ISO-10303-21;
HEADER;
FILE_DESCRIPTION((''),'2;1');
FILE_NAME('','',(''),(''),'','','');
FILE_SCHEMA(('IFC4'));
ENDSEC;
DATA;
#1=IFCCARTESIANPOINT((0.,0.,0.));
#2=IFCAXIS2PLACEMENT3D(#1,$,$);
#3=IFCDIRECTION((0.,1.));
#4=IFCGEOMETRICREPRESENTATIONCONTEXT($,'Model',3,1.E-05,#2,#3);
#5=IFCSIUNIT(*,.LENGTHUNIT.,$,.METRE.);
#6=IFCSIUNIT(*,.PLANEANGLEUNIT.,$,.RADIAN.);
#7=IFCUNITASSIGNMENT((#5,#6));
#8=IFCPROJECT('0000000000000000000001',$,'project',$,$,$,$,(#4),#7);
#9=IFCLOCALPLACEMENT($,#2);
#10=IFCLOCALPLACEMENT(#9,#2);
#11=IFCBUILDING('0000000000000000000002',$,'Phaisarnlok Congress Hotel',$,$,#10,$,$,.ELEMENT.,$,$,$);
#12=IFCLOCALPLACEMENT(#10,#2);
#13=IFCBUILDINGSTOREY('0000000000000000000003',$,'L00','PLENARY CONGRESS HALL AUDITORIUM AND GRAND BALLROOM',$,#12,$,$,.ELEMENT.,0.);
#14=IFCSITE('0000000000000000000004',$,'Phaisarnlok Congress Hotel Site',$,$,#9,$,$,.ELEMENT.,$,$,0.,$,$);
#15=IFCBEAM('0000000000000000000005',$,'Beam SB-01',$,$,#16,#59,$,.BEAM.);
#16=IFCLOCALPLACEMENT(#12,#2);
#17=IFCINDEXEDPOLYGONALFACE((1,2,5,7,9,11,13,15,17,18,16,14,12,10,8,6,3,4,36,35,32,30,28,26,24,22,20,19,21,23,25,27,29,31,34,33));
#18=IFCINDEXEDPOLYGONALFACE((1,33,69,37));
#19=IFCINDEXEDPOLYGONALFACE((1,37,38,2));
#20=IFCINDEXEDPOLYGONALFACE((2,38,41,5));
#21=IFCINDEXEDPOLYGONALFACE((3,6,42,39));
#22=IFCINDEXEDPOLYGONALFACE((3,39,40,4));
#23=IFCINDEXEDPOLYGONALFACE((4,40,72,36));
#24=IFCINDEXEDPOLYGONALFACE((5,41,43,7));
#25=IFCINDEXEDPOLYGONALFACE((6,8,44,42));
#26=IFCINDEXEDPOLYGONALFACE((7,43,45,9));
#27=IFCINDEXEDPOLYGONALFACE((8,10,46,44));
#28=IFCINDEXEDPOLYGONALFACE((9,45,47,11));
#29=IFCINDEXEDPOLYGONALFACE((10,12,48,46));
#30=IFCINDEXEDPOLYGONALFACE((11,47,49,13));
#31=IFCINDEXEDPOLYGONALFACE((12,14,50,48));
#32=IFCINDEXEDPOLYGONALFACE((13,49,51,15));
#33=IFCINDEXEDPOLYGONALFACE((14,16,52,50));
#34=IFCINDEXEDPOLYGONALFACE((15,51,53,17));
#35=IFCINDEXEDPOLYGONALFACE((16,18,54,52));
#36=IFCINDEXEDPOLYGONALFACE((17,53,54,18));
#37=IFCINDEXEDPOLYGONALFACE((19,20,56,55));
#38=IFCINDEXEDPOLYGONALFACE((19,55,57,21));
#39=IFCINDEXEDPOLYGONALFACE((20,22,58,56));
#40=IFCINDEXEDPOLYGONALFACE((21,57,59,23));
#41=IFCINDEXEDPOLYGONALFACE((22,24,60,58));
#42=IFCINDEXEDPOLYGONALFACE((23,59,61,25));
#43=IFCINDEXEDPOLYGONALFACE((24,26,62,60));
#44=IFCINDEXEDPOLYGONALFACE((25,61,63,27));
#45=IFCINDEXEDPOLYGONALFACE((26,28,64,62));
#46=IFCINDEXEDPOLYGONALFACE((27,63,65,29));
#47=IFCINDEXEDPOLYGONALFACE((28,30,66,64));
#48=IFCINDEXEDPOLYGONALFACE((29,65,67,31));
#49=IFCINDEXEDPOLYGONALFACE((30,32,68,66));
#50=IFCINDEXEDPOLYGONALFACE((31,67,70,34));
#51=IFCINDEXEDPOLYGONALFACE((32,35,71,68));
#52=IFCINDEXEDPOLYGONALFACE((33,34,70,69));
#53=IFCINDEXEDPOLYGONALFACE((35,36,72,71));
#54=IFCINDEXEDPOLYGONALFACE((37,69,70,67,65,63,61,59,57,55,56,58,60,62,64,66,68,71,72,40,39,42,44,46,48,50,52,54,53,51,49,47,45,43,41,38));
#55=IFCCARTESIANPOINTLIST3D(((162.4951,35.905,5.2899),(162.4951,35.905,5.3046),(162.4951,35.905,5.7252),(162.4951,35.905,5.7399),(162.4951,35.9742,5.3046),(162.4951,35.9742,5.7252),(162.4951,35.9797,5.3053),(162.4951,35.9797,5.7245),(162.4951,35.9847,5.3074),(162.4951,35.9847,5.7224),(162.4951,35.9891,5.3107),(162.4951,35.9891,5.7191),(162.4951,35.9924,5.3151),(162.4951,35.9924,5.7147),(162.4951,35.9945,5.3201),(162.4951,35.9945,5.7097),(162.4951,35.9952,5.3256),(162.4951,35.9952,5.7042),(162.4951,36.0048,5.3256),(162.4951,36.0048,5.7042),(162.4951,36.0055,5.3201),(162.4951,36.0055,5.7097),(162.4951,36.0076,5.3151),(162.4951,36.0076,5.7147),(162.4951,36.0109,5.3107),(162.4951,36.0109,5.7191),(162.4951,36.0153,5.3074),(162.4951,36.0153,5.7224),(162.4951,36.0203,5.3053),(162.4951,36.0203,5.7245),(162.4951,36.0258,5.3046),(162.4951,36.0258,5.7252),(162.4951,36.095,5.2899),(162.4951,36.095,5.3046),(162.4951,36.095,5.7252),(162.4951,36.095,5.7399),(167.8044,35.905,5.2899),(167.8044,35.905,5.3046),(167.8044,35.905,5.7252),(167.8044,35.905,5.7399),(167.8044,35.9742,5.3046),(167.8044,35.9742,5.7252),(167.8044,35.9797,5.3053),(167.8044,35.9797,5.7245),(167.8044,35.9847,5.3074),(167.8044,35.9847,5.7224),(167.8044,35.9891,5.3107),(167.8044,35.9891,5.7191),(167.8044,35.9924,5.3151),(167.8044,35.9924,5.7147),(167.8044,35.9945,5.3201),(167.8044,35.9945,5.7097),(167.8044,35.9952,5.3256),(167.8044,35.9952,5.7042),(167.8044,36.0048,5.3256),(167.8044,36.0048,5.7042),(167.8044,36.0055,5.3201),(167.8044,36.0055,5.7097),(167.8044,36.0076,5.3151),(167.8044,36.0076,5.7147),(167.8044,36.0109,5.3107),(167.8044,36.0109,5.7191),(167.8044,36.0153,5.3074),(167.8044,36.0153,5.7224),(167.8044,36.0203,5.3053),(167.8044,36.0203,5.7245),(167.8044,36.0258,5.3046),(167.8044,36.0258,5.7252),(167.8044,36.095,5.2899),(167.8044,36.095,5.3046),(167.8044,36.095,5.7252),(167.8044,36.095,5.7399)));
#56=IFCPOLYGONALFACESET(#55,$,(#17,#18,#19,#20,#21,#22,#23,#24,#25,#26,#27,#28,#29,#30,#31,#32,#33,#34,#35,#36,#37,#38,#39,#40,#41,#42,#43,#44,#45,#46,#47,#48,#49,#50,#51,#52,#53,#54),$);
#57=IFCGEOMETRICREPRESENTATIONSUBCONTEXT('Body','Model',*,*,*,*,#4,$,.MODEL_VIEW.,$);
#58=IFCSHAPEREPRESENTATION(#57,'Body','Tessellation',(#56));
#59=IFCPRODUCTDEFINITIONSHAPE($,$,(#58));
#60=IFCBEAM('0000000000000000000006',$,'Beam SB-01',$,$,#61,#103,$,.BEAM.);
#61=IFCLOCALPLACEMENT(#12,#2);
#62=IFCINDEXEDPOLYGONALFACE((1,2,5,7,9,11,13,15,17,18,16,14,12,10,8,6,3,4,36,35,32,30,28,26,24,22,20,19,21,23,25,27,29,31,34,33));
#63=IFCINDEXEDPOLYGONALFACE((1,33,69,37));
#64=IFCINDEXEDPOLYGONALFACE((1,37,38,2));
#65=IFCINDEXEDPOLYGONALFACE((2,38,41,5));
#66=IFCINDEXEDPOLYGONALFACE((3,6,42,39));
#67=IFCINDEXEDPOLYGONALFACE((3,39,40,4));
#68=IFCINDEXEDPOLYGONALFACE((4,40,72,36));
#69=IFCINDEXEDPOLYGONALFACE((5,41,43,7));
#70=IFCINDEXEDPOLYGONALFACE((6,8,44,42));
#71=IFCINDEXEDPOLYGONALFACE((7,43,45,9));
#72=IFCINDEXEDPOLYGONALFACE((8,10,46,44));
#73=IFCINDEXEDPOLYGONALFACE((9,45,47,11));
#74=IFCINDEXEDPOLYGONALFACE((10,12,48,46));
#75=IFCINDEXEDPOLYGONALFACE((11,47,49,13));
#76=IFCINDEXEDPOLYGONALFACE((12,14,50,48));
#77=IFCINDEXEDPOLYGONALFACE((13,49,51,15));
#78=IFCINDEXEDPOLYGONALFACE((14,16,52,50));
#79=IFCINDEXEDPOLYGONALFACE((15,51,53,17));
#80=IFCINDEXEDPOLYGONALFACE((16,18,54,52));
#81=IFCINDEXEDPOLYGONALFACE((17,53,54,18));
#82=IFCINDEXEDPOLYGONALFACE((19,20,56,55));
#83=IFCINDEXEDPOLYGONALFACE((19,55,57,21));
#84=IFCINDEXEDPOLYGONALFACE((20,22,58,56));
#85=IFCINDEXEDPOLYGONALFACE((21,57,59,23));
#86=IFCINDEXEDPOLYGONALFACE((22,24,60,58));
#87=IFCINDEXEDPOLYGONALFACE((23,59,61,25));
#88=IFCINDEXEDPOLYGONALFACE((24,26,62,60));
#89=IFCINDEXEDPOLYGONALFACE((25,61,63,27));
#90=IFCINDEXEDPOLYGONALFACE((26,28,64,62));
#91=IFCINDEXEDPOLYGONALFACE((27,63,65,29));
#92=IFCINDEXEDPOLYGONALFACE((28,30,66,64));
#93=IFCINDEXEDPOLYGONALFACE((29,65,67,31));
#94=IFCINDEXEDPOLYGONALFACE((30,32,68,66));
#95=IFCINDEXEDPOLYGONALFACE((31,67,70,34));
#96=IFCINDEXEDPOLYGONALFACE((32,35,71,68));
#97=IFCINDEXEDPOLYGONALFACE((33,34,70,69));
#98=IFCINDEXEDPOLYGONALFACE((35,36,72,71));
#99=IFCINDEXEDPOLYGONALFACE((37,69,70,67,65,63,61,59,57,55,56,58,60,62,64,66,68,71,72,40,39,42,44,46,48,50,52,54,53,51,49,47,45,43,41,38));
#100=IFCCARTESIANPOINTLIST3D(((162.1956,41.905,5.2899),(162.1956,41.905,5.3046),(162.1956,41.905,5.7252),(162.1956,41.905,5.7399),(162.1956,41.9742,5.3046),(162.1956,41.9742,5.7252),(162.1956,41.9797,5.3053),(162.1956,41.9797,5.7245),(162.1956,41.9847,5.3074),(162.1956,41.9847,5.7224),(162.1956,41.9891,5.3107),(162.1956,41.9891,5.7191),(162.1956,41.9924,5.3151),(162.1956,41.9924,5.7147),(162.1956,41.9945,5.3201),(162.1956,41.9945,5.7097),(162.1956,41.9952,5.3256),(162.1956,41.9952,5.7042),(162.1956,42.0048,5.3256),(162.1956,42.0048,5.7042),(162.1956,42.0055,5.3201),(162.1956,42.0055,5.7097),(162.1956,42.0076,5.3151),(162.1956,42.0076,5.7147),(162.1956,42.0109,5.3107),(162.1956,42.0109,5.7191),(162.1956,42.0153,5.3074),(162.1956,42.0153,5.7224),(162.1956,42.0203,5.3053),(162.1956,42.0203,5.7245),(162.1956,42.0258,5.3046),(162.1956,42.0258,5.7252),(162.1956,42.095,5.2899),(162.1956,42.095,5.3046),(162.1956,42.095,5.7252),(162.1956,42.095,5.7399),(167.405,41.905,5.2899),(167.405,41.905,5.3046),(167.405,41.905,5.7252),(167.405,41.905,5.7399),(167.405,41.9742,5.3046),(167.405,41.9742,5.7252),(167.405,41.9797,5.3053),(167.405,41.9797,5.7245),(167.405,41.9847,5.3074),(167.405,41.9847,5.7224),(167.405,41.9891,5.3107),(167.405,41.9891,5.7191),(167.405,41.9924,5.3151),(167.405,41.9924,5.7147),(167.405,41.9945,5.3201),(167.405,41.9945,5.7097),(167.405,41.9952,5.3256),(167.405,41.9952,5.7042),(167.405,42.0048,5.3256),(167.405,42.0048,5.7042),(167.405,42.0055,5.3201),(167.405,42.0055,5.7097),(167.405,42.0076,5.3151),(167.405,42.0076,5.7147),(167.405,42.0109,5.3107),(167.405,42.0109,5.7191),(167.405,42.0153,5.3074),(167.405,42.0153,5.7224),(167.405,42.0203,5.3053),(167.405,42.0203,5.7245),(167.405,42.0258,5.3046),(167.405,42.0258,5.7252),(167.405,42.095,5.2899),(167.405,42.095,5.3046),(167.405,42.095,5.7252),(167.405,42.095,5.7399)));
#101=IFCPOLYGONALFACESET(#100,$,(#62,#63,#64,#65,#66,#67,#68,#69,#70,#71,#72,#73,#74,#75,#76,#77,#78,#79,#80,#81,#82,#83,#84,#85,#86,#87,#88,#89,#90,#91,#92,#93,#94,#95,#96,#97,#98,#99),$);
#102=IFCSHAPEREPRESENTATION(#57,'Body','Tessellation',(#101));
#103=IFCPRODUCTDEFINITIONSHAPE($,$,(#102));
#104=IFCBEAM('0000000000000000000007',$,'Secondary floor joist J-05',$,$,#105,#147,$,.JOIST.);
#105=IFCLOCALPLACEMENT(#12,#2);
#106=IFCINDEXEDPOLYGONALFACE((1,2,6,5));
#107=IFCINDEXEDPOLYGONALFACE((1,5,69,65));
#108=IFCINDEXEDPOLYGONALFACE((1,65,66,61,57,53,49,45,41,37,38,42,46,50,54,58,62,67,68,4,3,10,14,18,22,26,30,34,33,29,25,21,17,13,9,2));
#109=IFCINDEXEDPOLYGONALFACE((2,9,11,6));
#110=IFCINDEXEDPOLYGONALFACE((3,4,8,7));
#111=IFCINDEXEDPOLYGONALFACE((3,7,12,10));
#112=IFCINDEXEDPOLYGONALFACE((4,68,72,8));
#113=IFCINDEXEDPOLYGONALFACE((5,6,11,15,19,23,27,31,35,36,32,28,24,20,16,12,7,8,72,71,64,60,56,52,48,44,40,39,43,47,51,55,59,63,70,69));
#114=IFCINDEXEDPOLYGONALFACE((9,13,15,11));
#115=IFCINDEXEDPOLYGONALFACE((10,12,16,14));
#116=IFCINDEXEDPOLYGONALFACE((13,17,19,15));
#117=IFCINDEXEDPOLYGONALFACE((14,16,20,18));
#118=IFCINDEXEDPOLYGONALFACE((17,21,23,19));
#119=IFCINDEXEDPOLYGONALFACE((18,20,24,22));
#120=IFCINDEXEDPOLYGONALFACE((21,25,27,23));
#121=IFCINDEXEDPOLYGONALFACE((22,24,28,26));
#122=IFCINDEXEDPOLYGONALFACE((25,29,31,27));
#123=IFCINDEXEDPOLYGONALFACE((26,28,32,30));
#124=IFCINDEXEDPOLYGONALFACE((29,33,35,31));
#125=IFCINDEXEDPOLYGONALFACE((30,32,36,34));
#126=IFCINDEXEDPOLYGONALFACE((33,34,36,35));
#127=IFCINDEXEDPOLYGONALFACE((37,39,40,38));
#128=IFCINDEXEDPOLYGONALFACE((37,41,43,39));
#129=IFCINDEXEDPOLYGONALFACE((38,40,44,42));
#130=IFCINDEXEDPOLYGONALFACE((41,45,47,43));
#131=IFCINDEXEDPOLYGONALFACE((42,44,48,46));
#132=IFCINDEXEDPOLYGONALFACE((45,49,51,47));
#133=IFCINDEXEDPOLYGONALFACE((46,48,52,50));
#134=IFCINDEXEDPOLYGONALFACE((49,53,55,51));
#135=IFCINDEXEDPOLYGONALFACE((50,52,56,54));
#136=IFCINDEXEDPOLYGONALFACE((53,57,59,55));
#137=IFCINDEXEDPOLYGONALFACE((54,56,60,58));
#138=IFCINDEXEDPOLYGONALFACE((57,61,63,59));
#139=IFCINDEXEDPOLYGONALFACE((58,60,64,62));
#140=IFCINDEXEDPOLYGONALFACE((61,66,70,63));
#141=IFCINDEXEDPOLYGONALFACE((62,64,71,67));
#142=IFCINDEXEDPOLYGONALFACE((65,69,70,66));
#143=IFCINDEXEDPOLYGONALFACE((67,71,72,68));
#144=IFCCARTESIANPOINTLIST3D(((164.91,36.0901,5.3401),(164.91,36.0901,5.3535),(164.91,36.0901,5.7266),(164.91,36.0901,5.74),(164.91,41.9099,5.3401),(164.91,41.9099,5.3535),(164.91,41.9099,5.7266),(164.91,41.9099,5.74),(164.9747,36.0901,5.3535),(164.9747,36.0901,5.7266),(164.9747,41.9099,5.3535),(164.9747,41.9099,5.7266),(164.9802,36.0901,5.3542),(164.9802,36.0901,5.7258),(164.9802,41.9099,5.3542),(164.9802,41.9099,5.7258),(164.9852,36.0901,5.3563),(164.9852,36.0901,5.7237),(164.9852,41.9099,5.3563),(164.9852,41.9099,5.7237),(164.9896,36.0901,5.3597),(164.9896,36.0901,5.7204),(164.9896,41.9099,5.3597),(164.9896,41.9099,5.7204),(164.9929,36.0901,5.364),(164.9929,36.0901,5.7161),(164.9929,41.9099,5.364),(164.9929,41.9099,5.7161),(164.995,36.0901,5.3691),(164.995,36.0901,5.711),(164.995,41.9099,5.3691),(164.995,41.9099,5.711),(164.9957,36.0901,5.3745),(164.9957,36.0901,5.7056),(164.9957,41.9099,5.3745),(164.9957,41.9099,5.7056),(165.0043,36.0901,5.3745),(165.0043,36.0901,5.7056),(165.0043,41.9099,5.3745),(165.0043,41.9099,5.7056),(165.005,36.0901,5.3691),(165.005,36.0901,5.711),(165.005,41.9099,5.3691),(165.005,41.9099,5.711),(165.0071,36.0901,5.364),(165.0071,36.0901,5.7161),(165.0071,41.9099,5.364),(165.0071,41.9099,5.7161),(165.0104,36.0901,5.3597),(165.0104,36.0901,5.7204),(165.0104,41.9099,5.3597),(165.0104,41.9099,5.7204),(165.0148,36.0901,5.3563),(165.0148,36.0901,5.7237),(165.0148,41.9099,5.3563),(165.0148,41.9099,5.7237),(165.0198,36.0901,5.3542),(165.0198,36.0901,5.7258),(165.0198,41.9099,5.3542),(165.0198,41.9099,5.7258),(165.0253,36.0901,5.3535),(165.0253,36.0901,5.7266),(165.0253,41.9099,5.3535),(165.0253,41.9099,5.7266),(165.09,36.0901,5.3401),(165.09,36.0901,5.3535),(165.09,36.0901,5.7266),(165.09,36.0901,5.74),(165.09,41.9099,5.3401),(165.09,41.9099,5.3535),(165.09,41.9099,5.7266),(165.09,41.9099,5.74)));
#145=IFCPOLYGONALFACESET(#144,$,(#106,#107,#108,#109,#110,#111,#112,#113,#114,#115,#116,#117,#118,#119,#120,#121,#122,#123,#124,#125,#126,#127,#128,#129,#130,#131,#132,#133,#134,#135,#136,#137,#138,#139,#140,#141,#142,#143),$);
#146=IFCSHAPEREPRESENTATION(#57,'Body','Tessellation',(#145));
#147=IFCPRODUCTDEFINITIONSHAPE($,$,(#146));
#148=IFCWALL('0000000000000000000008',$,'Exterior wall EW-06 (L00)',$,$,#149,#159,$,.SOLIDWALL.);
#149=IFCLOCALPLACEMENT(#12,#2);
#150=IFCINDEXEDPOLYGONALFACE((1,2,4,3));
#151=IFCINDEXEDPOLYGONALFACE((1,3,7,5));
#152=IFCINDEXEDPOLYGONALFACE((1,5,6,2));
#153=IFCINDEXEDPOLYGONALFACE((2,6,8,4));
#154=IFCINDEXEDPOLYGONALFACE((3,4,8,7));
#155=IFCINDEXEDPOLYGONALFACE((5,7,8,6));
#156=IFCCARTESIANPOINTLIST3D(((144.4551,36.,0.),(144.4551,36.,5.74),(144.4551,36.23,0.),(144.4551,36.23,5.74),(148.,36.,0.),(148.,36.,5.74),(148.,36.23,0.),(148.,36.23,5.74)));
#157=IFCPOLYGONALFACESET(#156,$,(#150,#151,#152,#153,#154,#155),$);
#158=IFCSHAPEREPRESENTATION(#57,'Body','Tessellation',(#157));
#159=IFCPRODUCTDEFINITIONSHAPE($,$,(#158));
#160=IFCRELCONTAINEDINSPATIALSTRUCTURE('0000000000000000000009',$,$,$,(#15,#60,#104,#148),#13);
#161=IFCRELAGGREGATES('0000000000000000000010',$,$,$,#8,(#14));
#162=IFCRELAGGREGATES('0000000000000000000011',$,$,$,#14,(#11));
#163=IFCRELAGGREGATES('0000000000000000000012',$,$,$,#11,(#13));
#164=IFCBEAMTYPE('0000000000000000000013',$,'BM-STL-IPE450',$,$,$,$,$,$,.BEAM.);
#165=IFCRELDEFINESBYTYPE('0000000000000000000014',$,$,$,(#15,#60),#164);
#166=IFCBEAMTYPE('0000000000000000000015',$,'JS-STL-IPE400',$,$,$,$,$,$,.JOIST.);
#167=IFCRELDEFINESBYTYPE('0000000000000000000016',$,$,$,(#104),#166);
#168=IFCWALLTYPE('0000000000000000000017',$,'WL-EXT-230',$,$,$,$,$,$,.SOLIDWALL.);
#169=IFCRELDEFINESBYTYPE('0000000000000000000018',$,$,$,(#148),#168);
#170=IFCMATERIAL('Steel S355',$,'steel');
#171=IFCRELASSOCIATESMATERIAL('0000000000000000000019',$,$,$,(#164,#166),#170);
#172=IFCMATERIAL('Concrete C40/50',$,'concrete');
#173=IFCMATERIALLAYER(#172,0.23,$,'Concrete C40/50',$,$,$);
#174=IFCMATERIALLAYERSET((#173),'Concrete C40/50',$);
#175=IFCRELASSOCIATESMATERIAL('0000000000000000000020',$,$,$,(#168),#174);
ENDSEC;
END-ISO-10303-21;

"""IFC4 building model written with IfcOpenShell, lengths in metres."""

from ifc_helpers import new_model, si_unit, direction, frame, frame_2d, origin, origin_2d, place, context, subcontext, project, spatial, rectangle, i_section, extrude, material, layer, layer_set, material_profile, profile_set, type_object, element, save


model = new_model("IFC4")

# Units and contexts
model_context = context("Model", 3, precision=1e-05, world=origin(), true_north=direction((0.0, 1.0)))
body_context = subcontext(model_context, "Body", "Model", "MODEL_VIEW")
ifc_project = project(units=[si_unit("LENGTHUNIT", "METRE"), si_unit("PLANEANGLEUNIT", "RADIAN")], contexts=[model_context])

# Site, building, storey
site_placement = place(None, origin())
site = spatial("IfcSite", under=ifc_project, at=site_placement, Name="Phaisarnlok Congress Hotel Site", CompositionType="ELEMENT", RefElevation=0.0)
building_placement = place(site_placement, origin())
building = spatial("IfcBuilding", under=site, at=building_placement, Name="Phaisarnlok Congress Hotel", CompositionType="ELEMENT")
storey_placement = place(building_placement, origin())
storey = spatial("IfcBuildingStorey", under=building, at=storey_placement, Name="L00", Description="PLENARY CONGRESS HALL AUDITORIUM AND GRAND BALLROOM", CompositionType="ELEMENT", Elevation=0.0)

# Shared definitions
ifc_material_1 = material(Name="Steel S355", Category="steel")

# Beams
ifc_material_2 = material(Name="Concrete C40/50", Category="concrete")
ifc_material_profile_1 = material_profile(ifc_material_1, i_section(OverallWidth=0.1899, OverallDepth=0.45, WebThickness=0.0095, FlangeThickness=0.0146, FilletRadius=0.021, at=origin_2d()), Name="IPE 450")
ifc_profile_set_1 = profile_set([ifc_material_profile_1], Name="Steel S355")
beam_type_1 = type_object("IfcBeamType", Name="BM-STL-IPE450", PredefinedType="BEAM", material=ifc_profile_set_1)
beam_1_placement = place(storey_placement, frame((162.4951, 36.0, 5.5149), z_axis=(1.0, 0.0, 0.0), x_axis=(0.0, 1.0, 0.0)))
element("IfcBeam", 1, at=beam_1_placement, inside=storey, type_object=beam_type_1, Name="Beam SB-01", PredefinedType="BEAM", context=body_context, shape_type="SweptSolid", body=[
    extrude(i_section(OverallWidth=0.1899, OverallDepth=0.45, WebThickness=0.0095, FlangeThickness=0.0146, FilletRadius=0.021, at=origin_2d()), origin(), (0.0, 0.0, 1.0), 5.3093),
])
beam_2_placement = place(storey_placement, frame((162.1956, 42.0, 5.5149), z_axis=(1.0, 0.0, 0.0), x_axis=(0.0, 1.0, 0.0)))
element("IfcBeam", 2, at=beam_2_placement, inside=storey, type_object=beam_type_1, Name="Beam SB-01", PredefinedType="BEAM", context=body_context, shape_type="SweptSolid", body=[
    extrude(i_section(OverallWidth=0.1899, OverallDepth=0.45, WebThickness=0.0095, FlangeThickness=0.0146, FilletRadius=0.021, at=origin_2d()), origin(), (0.0, 0.0, 1.0), 5.2095),
])
ifc_material_profile_2 = material_profile(ifc_material_1, i_section(OverallWidth=0.1799, OverallDepth=0.3999, WebThickness=0.0085, FlangeThickness=0.0134, FilletRadius=0.021, at=origin_2d()), Name="IPE 400")
ifc_profile_set_2 = profile_set([ifc_material_profile_2], Name="Steel S355")
beam_type_2 = type_object("IfcBeamType", Name="JS-STL-IPE400", PredefinedType="JOIST", material=ifc_profile_set_2)
beam_3_placement = place(storey_placement, frame((165.0, 36.0901, 5.54), z_axis=(0.0, 1.0, 0.0), x_axis=(-1.0, 0.0, 0.0)))
element("IfcBeam", 3, at=beam_3_placement, inside=storey, type_object=beam_type_2, Name="Secondary floor joist J-05", PredefinedType="JOIST", context=body_context, shape_type="SweptSolid", body=[
    extrude(i_section(OverallWidth=0.1799, OverallDepth=0.3999, WebThickness=0.0085, FlangeThickness=0.0134, FilletRadius=0.021, at=origin_2d()), origin(), (0.0, 0.0, 1.0), 5.8198),
])

# Wall
ifc_layer_1 = layer(ifc_material_2, 0.23, Name="Concrete C40/50")
ifc_layer_set_1 = layer_set([ifc_layer_1], Name="Concrete C40/50")
wall_type_1 = type_object("IfcWallType", Name="WL-EXT-230", PredefinedType="SOLIDWALL", material=ifc_layer_set_1)
wall_1_placement = place(storey_placement, frame((144.4551, 36.115, 0.0), z_axis=(0.0, 0.0, 1.0), x_axis=(1.0, 0.0, 0.0)))
element("IfcWall", 4, at=wall_1_placement, inside=storey, type_object=wall_type_1, Name="Exterior wall EW-06 (L00)", PredefinedType="SOLIDWALL", context=body_context, shape_type="SweptSolid", body=[
    extrude(rectangle(XDim=3.5449, YDim=0.23, at=frame_2d((1.7725, 0.0))), origin(), (0.0, 0.0, 1.0), 5.74),
])

save(model, "model.ifc")
